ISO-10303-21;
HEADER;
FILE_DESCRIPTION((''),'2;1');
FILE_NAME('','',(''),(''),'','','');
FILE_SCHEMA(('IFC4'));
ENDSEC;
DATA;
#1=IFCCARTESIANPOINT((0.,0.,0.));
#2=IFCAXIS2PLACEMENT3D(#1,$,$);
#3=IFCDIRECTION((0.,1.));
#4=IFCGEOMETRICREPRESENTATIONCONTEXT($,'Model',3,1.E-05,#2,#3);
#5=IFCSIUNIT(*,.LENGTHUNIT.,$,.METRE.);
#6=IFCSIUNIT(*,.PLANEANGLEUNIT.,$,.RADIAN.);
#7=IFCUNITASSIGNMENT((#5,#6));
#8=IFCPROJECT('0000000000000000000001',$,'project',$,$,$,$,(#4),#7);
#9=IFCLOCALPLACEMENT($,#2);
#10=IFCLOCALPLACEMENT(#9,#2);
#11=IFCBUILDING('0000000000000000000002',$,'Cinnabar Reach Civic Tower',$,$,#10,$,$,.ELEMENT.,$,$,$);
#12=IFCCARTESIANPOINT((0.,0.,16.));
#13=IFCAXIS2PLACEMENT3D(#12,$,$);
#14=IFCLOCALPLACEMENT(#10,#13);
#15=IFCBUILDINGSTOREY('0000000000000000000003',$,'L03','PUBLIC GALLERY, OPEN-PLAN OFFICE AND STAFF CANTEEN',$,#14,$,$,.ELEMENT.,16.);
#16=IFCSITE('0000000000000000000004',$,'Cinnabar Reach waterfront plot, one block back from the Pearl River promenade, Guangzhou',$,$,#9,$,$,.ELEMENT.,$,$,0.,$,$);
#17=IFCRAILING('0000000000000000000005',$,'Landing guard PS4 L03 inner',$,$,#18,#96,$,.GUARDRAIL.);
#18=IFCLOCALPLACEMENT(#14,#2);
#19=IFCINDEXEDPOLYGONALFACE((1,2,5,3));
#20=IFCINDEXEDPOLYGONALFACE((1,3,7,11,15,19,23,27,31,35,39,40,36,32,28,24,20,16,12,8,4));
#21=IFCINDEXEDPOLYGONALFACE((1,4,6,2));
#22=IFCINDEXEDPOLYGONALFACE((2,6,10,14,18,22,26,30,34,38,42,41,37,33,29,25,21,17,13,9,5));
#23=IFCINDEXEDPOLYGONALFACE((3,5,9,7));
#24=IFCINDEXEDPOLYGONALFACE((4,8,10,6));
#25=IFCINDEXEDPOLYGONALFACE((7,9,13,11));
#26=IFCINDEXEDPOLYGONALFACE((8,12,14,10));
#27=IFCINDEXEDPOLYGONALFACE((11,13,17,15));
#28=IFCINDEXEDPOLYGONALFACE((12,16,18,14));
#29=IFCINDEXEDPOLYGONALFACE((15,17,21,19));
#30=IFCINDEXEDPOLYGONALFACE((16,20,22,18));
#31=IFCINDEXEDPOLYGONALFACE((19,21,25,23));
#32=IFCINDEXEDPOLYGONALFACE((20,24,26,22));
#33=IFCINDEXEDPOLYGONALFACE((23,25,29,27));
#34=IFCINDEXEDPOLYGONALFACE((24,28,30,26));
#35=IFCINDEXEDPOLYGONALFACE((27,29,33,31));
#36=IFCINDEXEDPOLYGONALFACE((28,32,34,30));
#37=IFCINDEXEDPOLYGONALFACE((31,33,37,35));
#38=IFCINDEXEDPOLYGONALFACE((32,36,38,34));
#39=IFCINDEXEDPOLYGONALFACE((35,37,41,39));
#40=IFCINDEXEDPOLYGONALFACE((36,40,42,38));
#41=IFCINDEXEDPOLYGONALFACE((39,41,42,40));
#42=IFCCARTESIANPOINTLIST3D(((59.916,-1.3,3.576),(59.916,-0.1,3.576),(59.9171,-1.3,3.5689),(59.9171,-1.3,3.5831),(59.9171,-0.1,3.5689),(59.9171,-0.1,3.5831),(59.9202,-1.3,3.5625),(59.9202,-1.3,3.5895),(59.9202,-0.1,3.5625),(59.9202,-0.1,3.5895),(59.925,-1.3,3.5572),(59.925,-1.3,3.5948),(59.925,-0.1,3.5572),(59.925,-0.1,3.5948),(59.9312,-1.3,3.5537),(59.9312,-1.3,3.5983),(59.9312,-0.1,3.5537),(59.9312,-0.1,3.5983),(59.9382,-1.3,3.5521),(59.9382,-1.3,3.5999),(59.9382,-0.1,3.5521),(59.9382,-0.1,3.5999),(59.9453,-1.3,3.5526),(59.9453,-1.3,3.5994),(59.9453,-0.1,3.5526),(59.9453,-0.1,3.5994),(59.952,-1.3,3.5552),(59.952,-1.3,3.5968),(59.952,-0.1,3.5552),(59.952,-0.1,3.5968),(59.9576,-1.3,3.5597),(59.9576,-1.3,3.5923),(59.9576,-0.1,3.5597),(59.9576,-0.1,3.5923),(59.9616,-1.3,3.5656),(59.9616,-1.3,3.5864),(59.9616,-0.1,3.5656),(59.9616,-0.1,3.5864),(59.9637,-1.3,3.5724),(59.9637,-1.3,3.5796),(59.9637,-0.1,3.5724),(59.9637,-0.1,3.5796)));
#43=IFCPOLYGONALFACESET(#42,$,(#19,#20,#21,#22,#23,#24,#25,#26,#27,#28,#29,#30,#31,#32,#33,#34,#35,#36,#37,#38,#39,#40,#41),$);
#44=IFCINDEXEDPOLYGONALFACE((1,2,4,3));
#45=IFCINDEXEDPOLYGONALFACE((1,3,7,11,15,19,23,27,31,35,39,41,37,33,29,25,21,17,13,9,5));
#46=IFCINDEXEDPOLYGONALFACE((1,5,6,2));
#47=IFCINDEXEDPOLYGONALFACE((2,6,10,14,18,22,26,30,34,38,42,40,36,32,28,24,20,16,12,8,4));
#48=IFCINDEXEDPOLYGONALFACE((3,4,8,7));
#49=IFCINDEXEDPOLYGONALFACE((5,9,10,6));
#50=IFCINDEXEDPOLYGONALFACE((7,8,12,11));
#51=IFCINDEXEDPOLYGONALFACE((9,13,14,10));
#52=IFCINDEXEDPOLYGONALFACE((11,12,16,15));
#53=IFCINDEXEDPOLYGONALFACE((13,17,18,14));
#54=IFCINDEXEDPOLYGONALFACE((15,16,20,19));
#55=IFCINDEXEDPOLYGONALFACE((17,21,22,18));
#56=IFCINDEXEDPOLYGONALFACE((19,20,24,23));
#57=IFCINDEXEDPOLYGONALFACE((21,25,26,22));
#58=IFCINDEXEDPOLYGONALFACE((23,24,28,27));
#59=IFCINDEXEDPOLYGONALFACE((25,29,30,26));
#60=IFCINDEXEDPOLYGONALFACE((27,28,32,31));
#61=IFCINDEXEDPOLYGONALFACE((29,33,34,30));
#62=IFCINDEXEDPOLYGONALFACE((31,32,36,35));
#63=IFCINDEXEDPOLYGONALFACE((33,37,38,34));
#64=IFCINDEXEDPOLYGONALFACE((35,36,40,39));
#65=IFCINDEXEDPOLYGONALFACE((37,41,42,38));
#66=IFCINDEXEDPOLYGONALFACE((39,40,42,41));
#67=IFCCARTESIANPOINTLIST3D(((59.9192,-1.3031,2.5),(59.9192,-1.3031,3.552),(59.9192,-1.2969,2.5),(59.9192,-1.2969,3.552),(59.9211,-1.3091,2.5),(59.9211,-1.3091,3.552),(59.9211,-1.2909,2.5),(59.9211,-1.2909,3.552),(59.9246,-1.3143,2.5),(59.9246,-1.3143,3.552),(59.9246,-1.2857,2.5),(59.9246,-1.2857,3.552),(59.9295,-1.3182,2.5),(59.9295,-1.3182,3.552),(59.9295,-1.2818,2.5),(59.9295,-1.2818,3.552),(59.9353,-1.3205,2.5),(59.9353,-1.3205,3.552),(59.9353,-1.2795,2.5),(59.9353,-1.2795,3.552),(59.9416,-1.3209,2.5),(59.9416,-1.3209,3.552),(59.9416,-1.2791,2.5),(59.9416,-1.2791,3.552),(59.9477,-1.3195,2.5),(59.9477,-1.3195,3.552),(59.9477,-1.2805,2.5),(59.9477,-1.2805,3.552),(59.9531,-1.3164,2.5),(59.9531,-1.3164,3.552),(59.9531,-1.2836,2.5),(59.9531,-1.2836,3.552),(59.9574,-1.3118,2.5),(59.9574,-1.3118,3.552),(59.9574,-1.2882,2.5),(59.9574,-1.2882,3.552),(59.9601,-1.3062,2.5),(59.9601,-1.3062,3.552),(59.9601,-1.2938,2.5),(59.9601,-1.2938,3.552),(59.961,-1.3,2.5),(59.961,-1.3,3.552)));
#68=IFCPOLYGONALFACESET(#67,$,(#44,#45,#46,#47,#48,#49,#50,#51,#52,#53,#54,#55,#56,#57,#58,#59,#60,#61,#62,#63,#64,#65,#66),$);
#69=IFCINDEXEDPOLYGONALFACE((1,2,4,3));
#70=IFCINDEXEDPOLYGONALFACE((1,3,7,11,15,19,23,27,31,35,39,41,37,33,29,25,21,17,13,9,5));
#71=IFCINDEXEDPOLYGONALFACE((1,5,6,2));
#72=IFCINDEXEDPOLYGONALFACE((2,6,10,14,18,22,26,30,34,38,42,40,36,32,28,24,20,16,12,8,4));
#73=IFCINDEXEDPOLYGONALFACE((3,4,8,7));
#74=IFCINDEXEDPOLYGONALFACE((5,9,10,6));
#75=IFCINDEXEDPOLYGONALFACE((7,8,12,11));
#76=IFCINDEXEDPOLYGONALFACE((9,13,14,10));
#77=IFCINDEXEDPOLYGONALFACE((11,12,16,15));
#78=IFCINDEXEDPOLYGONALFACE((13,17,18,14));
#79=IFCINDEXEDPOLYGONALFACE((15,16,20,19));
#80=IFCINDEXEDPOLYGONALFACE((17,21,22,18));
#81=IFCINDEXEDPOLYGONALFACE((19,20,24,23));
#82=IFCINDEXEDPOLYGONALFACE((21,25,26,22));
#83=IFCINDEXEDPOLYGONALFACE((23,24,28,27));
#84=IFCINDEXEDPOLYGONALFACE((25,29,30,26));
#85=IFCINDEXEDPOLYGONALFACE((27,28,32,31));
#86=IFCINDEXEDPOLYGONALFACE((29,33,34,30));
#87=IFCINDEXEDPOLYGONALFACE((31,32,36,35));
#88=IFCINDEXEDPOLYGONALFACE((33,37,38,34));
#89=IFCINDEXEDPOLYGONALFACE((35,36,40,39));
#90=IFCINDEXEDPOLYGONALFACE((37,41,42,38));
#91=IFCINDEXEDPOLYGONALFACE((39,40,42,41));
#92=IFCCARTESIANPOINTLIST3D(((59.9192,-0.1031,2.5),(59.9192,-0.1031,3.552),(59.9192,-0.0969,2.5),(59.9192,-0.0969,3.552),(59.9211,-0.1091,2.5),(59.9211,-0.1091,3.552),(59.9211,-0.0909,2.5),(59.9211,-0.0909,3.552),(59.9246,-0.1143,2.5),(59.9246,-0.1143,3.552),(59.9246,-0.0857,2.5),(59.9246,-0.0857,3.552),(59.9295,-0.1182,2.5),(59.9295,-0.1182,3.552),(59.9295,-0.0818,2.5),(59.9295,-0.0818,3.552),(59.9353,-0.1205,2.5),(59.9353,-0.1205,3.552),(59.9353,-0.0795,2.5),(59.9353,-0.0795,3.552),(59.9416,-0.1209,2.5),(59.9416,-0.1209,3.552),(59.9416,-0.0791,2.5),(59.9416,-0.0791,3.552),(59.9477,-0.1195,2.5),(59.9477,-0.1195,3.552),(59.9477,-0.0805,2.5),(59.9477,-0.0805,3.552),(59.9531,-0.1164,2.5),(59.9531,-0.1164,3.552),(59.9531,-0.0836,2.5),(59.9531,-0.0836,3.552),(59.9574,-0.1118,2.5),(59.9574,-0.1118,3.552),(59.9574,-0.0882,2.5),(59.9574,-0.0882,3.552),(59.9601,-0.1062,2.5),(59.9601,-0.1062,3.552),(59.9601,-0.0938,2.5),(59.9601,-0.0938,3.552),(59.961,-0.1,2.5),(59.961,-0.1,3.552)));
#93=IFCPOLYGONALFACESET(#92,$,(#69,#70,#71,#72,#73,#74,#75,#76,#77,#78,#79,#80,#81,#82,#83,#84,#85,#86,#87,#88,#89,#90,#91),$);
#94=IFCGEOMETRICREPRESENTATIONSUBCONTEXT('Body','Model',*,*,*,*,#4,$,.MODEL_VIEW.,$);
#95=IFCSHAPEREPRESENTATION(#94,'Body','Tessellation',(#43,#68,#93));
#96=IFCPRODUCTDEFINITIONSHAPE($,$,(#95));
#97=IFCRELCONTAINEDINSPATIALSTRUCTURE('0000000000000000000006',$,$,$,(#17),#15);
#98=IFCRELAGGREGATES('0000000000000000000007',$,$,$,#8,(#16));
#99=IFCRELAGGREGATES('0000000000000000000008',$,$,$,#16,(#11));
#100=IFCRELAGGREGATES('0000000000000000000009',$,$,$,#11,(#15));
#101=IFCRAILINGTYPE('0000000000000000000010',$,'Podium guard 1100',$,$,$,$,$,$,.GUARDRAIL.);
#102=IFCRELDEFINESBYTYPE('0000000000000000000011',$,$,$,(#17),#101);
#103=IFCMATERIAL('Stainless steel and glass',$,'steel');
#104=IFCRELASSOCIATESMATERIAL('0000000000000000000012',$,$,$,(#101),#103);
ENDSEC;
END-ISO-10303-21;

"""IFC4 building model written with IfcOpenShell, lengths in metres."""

from ifc_helpers import new_model, si_unit, direction, frame, origin, origin_2d, place, context, subcontext, project, spatial, circle, extrude, material, type_object, element, save


model = new_model("IFC4")

# Units and contexts
model_context = context("Model", 3, precision=1e-05, world=origin(), true_north=direction((0.0, 1.0)))
body_context = subcontext(model_context, "Body", "Model", "MODEL_VIEW")
ifc_project = project(units=[si_unit("LENGTHUNIT", "METRE"), si_unit("PLANEANGLEUNIT", "RADIAN")], contexts=[model_context])

# Site, building, storey
site_placement = place(None, origin())
site = spatial("IfcSite", under=ifc_project, at=site_placement, Name="Cinnabar Reach waterfront plot, one block back from the Pearl River promenade, Guangzhou", CompositionType="ELEMENT", RefElevation=0.0)
building_placement = place(site_placement, origin())
building = spatial("IfcBuilding", under=site, at=building_placement, Name="Cinnabar Reach Civic Tower", CompositionType="ELEMENT")
storey_placement = place(building_placement, frame((0.0, 0.0, 16.0)))
storey = spatial("IfcBuildingStorey", under=building, at=storey_placement, Name="L03", Description="PUBLIC GALLERY, OPEN-PLAN OFFICE AND STAFF CANTEEN", CompositionType="ELEMENT", Elevation=16.0)

# Railing
ifc_material_1 = material(Name="Stainless steel and glass", Category="steel")
railing_type = type_object("IfcRailingType", Name="Podium guard 1100", PredefinedType="GUARDRAIL", material=ifc_material_1)
railing_1_placement = place(storey_placement, frame((59.94, -1.3, 2.5)))
element("IfcRailing", 1, at=railing_1_placement, inside=storey, type_object=railing_type, Name="Landing guard PS4 L03 inner", PredefinedType="GUARDRAIL", context=body_context, shape_type="SweptSolid", body=[
    extrude(circle(Radius=0.024, at=origin_2d()), frame((0.0, 0.0, 1.076), z_axis=(0.0, 1.0, 0.0), x_axis=(-1.0, 0.0, 0.0)), (0.0, 0.0, 1.0), 1.2),
    extrude(circle(Radius=0.021, at=origin_2d()), origin(), (0.0, 0.0, 1.0), 1.052),
    extrude(circle(Radius=0.021, at=origin_2d()), frame((0.0, 1.2, 0.0)), (0.0, 0.0, 1.0), 1.052),
])

save(model, "model.ifc")
